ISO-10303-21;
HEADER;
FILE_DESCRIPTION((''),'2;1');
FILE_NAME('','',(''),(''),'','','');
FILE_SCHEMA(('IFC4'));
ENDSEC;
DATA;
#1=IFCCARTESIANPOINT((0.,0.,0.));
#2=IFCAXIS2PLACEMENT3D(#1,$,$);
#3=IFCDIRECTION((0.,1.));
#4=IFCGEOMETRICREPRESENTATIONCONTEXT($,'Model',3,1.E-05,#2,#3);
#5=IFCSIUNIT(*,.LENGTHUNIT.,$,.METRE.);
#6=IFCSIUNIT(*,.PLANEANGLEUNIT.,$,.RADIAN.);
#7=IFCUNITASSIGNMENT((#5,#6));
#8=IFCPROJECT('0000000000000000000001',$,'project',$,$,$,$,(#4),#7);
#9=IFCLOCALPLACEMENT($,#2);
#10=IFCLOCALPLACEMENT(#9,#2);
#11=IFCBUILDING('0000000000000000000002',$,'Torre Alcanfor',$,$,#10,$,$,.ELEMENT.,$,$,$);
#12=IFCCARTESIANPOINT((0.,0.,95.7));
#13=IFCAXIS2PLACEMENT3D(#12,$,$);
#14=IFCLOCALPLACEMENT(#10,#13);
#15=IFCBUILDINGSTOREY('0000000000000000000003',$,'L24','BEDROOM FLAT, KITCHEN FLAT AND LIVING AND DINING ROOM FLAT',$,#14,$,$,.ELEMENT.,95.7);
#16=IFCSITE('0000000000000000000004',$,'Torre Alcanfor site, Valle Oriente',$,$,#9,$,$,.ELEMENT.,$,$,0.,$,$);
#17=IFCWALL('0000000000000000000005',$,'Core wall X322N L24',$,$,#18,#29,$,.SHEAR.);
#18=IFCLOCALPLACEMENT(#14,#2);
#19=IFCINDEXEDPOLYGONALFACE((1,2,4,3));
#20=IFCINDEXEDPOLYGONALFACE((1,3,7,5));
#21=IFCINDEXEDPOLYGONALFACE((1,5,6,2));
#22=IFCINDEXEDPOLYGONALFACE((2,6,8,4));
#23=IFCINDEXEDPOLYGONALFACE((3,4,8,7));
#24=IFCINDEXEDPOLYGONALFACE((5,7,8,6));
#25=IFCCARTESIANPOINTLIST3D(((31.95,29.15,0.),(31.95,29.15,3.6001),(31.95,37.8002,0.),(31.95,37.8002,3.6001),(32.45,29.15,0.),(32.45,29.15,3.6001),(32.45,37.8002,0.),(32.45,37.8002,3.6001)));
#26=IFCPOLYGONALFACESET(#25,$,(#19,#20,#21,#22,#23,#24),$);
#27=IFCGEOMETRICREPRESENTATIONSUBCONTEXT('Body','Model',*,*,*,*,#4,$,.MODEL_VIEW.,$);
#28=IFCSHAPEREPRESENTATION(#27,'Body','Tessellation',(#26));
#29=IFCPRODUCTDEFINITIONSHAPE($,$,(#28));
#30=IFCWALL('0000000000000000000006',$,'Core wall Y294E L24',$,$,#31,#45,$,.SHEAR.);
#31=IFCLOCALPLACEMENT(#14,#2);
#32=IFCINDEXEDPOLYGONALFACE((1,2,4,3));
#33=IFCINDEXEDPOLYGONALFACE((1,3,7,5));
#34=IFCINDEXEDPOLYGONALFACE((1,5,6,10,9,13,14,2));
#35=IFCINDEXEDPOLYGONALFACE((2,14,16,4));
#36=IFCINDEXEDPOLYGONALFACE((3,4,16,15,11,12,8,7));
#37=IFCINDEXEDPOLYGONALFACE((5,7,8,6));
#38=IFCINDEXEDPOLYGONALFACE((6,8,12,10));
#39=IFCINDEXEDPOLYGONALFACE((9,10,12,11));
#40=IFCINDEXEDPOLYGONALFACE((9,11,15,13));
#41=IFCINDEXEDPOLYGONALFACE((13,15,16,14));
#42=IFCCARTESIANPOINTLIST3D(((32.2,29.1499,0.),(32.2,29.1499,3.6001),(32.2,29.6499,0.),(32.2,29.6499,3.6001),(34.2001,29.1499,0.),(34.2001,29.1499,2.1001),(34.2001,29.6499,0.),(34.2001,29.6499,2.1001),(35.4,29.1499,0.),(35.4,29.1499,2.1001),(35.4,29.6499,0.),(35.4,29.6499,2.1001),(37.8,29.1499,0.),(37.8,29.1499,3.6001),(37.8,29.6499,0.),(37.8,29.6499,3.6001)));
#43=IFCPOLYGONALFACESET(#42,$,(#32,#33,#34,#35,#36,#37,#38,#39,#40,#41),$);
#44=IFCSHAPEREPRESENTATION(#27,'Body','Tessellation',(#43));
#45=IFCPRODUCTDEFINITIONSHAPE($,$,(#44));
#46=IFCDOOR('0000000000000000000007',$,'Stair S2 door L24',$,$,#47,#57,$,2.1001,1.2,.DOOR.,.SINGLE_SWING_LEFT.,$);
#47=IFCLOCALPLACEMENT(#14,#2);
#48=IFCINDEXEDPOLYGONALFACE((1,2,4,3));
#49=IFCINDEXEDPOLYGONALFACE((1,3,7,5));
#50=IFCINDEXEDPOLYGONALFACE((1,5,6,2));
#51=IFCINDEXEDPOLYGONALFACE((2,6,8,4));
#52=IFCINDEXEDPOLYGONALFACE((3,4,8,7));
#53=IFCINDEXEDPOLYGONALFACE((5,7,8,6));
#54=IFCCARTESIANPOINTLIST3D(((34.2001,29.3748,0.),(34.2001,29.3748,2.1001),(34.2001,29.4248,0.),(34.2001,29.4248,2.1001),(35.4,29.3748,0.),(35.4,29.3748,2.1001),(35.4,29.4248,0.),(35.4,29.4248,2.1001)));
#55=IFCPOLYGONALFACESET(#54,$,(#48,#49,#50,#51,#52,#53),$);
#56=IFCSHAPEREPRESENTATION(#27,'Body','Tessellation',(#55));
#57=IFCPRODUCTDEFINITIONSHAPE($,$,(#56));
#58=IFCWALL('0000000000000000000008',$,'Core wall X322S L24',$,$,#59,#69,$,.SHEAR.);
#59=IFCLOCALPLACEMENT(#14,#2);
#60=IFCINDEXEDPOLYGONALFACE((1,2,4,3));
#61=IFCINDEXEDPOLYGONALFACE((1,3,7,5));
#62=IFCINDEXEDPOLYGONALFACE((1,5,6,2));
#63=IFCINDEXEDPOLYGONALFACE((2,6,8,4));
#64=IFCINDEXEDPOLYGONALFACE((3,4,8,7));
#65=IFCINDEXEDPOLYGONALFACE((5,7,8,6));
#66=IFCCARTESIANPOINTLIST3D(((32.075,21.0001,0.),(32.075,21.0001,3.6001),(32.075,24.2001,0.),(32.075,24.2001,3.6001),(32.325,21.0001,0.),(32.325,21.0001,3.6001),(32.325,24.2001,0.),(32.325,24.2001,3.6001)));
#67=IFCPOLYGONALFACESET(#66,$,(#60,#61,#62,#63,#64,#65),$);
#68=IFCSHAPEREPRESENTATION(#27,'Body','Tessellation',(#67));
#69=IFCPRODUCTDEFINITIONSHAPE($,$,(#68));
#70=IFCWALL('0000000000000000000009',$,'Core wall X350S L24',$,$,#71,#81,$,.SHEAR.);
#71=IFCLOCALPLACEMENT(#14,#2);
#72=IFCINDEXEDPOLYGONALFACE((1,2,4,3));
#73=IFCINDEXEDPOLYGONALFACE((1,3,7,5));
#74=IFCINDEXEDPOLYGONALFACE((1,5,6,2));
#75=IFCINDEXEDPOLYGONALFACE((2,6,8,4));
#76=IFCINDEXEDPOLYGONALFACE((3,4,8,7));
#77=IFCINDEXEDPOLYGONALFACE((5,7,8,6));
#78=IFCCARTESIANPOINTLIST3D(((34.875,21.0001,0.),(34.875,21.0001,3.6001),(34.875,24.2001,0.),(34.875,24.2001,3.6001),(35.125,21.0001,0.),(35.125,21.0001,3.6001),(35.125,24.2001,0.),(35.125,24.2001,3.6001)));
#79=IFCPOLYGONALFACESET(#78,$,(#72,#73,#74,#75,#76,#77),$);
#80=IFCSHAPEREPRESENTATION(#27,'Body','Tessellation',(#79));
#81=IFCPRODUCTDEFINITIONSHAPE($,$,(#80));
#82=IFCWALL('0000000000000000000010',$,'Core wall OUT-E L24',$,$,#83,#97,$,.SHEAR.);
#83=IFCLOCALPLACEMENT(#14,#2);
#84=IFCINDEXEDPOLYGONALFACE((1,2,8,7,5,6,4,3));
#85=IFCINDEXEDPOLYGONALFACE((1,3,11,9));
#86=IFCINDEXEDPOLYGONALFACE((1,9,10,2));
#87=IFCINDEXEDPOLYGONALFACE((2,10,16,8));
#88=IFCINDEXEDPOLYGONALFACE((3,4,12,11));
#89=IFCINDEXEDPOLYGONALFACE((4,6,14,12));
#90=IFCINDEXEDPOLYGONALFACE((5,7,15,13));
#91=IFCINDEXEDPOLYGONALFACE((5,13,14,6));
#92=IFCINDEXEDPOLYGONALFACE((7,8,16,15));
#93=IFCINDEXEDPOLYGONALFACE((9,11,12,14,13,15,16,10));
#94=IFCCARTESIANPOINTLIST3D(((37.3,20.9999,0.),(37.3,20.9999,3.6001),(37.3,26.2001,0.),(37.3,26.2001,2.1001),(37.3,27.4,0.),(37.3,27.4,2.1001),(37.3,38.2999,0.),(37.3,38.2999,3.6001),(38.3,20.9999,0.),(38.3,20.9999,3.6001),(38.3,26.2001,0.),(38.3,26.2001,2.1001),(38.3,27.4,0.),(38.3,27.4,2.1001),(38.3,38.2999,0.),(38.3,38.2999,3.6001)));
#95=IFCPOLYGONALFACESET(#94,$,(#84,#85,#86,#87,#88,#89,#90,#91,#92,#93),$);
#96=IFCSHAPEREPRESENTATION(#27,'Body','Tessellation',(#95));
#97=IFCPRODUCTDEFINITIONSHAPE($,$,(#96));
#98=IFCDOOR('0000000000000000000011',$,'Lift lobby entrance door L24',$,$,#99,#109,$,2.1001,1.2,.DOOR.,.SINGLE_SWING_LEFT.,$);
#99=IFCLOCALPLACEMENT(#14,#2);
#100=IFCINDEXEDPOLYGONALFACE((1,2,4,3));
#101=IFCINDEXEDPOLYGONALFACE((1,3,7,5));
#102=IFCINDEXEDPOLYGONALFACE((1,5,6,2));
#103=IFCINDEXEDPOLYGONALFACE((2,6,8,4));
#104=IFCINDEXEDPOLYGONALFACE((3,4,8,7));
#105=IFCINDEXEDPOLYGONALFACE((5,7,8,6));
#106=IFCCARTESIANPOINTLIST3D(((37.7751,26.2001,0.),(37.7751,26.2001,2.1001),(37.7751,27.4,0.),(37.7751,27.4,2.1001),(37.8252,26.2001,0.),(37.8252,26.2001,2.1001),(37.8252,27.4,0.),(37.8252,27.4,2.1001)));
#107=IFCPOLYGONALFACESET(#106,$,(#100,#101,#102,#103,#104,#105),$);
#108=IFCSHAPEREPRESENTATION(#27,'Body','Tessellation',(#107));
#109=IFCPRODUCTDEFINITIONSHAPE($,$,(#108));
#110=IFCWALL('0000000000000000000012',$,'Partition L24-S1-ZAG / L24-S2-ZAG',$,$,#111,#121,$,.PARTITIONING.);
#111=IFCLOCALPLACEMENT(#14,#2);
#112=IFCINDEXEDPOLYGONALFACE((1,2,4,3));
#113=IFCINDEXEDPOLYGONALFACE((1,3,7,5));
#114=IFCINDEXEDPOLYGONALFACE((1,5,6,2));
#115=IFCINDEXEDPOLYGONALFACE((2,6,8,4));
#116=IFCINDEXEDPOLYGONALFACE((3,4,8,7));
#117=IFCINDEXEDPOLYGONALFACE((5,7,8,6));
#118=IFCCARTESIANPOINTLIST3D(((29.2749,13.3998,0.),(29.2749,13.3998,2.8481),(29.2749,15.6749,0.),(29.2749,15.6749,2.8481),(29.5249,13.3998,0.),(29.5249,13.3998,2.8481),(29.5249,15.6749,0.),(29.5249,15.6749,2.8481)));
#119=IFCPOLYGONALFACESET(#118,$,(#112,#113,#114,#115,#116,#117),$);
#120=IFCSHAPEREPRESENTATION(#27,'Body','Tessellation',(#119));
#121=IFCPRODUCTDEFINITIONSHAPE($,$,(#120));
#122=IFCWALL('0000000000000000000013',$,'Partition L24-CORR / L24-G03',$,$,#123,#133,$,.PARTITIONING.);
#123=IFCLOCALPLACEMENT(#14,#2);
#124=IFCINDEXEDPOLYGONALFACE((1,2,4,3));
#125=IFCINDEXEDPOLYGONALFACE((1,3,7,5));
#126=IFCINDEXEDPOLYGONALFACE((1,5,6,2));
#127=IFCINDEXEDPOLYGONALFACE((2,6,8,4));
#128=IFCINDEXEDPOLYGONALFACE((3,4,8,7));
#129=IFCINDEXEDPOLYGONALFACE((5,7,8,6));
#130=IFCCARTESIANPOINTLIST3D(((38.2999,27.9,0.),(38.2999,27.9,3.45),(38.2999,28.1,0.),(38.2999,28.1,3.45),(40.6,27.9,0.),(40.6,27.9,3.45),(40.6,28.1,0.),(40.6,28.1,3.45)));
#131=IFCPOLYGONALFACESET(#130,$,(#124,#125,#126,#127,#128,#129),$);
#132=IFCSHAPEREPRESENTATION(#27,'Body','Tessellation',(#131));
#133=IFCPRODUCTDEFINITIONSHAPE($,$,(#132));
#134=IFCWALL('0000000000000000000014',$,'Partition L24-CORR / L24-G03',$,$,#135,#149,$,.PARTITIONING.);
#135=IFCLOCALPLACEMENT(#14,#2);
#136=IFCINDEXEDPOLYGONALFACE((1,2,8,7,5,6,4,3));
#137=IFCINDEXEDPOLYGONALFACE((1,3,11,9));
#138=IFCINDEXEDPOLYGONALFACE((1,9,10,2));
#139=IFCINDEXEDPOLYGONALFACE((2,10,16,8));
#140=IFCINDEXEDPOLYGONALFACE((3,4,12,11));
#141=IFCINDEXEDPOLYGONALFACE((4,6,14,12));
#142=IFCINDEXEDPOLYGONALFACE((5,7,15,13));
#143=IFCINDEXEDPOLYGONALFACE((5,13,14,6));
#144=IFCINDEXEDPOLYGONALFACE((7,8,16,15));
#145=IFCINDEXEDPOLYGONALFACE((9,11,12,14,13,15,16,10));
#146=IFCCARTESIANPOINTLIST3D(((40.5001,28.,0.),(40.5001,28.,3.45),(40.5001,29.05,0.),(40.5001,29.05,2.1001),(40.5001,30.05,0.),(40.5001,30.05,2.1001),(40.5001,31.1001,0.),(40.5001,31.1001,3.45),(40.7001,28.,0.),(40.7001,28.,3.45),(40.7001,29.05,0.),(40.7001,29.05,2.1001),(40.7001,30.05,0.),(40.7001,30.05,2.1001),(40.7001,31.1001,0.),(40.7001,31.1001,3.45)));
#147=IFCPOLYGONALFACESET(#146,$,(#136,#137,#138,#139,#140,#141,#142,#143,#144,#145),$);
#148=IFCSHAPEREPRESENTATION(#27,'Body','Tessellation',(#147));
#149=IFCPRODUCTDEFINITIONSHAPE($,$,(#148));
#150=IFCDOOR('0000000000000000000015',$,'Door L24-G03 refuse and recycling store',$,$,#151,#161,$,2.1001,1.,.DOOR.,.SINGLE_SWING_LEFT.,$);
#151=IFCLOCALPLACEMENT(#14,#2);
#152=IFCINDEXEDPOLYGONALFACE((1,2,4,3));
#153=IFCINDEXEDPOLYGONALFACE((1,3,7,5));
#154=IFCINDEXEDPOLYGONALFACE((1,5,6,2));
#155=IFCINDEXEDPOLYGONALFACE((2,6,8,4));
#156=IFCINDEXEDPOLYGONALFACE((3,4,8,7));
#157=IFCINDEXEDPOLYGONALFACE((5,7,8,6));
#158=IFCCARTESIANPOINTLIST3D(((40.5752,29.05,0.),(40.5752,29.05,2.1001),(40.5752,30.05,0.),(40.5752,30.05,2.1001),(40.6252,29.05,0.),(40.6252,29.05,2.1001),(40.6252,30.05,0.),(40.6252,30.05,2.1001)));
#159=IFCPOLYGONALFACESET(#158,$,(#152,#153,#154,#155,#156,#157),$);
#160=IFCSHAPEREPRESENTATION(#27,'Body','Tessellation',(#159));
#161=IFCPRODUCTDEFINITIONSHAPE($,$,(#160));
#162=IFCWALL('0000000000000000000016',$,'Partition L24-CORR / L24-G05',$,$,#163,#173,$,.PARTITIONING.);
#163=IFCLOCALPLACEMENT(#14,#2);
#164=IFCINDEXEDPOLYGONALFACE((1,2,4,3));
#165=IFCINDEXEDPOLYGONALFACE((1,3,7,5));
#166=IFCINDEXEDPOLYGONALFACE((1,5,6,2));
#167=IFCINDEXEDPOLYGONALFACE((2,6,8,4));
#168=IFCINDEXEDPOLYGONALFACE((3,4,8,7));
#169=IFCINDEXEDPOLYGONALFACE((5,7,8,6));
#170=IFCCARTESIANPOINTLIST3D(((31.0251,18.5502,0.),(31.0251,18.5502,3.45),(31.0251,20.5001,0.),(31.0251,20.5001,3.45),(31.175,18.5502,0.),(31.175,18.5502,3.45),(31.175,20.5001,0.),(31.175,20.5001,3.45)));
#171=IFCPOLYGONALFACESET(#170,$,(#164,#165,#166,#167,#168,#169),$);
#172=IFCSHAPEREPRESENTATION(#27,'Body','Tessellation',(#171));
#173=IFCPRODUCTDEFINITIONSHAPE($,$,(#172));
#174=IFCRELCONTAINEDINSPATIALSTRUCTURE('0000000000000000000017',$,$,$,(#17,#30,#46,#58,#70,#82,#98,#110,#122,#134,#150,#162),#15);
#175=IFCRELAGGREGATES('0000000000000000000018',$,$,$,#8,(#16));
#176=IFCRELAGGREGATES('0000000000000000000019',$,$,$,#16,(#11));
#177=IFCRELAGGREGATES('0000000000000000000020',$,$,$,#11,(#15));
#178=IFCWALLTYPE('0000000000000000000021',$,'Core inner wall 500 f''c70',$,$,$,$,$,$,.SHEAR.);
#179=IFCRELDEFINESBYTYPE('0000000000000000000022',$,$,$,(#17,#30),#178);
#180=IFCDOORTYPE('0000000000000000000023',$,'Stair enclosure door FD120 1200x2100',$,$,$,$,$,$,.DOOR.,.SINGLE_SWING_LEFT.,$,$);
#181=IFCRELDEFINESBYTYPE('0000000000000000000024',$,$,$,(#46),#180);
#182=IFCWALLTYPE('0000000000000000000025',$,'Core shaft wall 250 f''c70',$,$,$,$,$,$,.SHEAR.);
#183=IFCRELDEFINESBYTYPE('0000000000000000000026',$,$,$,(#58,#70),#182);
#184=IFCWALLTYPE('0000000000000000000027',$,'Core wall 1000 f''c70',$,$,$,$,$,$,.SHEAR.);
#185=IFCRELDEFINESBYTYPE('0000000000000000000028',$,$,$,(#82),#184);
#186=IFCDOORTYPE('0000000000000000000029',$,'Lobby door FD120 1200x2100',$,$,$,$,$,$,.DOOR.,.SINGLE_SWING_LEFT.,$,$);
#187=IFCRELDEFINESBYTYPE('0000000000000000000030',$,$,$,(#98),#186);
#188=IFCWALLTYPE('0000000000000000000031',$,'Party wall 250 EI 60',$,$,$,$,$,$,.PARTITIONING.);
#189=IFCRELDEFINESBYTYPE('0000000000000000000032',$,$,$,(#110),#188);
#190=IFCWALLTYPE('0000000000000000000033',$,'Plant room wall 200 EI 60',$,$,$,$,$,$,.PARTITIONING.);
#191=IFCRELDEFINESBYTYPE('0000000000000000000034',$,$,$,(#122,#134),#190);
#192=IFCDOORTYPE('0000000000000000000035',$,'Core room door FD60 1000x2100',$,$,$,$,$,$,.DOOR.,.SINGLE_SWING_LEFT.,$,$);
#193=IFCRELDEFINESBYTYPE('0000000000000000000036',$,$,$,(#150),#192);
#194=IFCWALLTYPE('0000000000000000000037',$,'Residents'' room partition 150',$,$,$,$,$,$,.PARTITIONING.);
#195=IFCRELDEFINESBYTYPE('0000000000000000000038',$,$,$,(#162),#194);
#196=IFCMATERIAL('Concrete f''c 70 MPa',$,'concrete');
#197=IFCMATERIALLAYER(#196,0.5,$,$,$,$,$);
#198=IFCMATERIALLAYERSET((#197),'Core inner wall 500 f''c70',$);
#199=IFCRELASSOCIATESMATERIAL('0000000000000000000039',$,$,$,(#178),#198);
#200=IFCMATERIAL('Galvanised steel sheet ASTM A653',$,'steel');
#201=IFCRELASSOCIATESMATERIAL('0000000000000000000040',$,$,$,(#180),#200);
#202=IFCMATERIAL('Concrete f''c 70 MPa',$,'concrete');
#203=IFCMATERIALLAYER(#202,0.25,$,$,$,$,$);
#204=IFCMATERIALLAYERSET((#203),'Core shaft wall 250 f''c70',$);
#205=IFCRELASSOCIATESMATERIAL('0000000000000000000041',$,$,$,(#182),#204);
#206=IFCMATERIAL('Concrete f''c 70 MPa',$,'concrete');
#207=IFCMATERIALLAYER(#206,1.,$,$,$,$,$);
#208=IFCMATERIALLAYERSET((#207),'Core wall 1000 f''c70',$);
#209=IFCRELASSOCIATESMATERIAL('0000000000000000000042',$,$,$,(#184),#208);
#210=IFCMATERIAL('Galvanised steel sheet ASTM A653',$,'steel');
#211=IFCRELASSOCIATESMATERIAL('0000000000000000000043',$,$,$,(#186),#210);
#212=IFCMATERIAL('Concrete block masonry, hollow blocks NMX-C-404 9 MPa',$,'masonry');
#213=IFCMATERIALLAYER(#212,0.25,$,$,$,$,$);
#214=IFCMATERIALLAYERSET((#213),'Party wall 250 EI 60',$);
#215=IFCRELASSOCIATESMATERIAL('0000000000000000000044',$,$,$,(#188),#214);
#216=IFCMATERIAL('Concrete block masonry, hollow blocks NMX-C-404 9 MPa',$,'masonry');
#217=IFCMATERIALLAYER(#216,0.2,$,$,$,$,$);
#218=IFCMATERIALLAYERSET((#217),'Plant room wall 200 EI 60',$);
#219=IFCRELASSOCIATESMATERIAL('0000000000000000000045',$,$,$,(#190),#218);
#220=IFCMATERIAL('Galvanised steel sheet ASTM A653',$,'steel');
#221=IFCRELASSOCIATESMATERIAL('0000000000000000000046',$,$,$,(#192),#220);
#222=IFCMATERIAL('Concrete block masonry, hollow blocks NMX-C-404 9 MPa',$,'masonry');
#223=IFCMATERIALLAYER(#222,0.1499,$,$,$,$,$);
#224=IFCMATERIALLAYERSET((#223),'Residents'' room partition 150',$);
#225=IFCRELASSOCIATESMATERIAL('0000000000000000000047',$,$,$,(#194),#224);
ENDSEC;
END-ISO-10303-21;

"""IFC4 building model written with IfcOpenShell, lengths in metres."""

from ifc_helpers import new_model, si_unit, direction, frame, frame_2d, origin, place, context, subcontext, project, spatial, rectangle, extrude, material, layer, layer_set, type_object, element, fill, save


model = new_model("IFC4")

# Units and contexts
model_context = context("Model", 3, precision=1e-05, world=origin(), true_north=direction((0.0, 1.0)))
body_context = subcontext(model_context, "Body", "Model", "MODEL_VIEW")
ifc_project = project(units=[si_unit("LENGTHUNIT", "METRE"), si_unit("PLANEANGLEUNIT", "RADIAN")], contexts=[model_context])

# Site, building, storey
site_placement = place(None, origin())
site = spatial("IfcSite", under=ifc_project, at=site_placement, Name="Torre Alcanfor site, Valle Oriente", CompositionType="ELEMENT", RefElevation=0.0)
building_placement = place(site_placement, origin())
building = spatial("IfcBuilding", under=site, at=building_placement, Name="Torre Alcanfor", CompositionType="ELEMENT")
storey_placement = place(building_placement, frame((0.0, 0.0, 95.7)))
storey = spatial("IfcBuildingStorey", under=building, at=storey_placement, Name="L24", Description="BEDROOM FLAT, KITCHEN FLAT AND LIVING AND DINING ROOM FLAT", CompositionType="ELEMENT", Elevation=95.7)

# Wall
ifc_material_1 = material(Name="Concrete f'c 70 MPa", Category="concrete")
ifc_layer_1 = layer(ifc_material_1, 0.5)
ifc_layer_set_1 = layer_set([ifc_layer_1], Name="Core inner wall 500 f'c70")
wall_type_1 = type_object("IfcWallType", Name="Core inner wall 500 f'c70", PredefinedType="SHEAR", material=ifc_layer_set_1)
wall_1_placement = place(storey_placement, frame((32.2, 29.1499, 0.0), z_axis=(0.0, 0.0, 1.0), x_axis=(0.0, 1.0, 0.0)))
element("IfcWall", 1, at=wall_1_placement, inside=storey, type_object=wall_type_1, Name="Core wall X322N L24", PredefinedType="SHEAR", context=body_context, shape_type="SweptSolid", body=[
    extrude(rectangle(XDim=8.6501, YDim=0.5, at=frame_2d((4.3252, 0.0))), origin(), (0.0, 0.0, 1.0), 3.6001),
])

# Wall, opening, door
wall_2_placement = place(storey_placement, frame((32.2, 29.3999, 0.0), z_axis=(0.0, 0.0, 1.0), x_axis=(1.0, 0.0, 0.0)))
wall_2 = element("IfcWall", 2, at=wall_2_placement, inside=storey, type_object=wall_type_1, Name="Core wall Y294E L24", PredefinedType="SHEAR", context=body_context, shape_type="SweptSolid", body=[
    extrude(rectangle(XDim=5.6001, YDim=0.5, at=frame_2d((2.8, 0.0))), origin(), (0.0, 0.0, 1.0), 3.6001),
])
opening_1_placement = place(wall_2_placement, frame((2.0, 0.0, 0.0)))
opening_1 = element("IfcOpeningElement", 3, at=opening_1_placement, cuts=wall_2, PredefinedType="OPENING", context=body_context, shape_type="SweptSolid", body=[
    extrude(rectangle(XDim=1.2, YDim=2.1001, at=frame_2d((0.6001, 1.05))), frame((0.0, 0.26, 0.0), z_axis=(0.0, -1.0, 0.0), x_axis=(1.0, 0.0, 0.0)), (0.0, 0.0, 1.0), 0.52),
])
ifc_material_2 = material(Name="Galvanised steel sheet ASTM A653", Category="steel")
door_type_1 = type_object("IfcDoorType", Name="Stair enclosure door FD120 1200x2100", OperationType="SINGLE_SWING_LEFT", PredefinedType="DOOR", material=ifc_material_2)
door_1_placement = place(opening_1_placement, origin())
door_1 = element("IfcDoor", 4, at=door_1_placement, inside=storey, type_object=door_type_1, Name="Stair S2 door L24", OperationType="SINGLE_SWING_LEFT", OverallHeight=2.1001, OverallWidth=1.2, PredefinedType="DOOR", context=body_context, shape_type="SweptSolid", body=[
    extrude(rectangle(XDim=1.2, YDim=2.1001, at=frame_2d((0.6001, 1.05))), frame((0.0, 0.0249, 0.0), z_axis=(0.0, -1.0, 0.0), x_axis=(1.0, 0.0, 0.0)), (0.0, 0.0, 1.0), 0.05),
])
fill(opening_1, door_1)

# Walls
ifc_material_3 = material(Name="Concrete f'c 70 MPa", Category="concrete")
ifc_layer_2 = layer(ifc_material_3, 0.25)
ifc_layer_set_2 = layer_set([ifc_layer_2], Name="Core shaft wall 250 f'c70")
wall_type_2 = type_object("IfcWallType", Name="Core shaft wall 250 f'c70", PredefinedType="SHEAR", material=ifc_layer_set_2)
for number, where, z_axis, x_axis, name in (
    (5, (32.2, 21.0, 0.0), (0.0, 0.0, 1.0), (0.0, 1.0, 0.0), "Core wall X322S L24"),
    (6, (35.0, 21.0, 0.0), (0.0, 0.0, 1.0), (0.0, 1.0, 0.0), "Core wall X350S L24"),
):
    element("IfcWall", number, at=place(storey_placement, frame(where, z_axis=z_axis, x_axis=x_axis)), inside=storey, type_object=wall_type_2, Name=name, PredefinedType="SHEAR", context=body_context, shape_type="SweptSolid", body=[
        extrude(rectangle(XDim=3.2, YDim=0.25, at=frame_2d((1.6001, 0.0))), origin(), (0.0, 0.0, 1.0), 3.6001),
    ])

# Wall, opening, door
ifc_material_4 = material(Name="Concrete f'c 70 MPa", Category="concrete")
ifc_layer_3 = layer(ifc_material_4, 1.0)
ifc_layer_set_3 = layer_set([ifc_layer_3], Name="Core wall 1000 f'c70")
wall_type_3 = type_object("IfcWallType", Name="Core wall 1000 f'c70", PredefinedType="SHEAR", material=ifc_layer_set_3)
wall_3_placement = place(storey_placement, frame((37.8, 21.0, 0.0), z_axis=(0.0, 0.0, 1.0), x_axis=(0.0, 1.0, 0.0)))
wall_3 = element("IfcWall", 7, at=wall_3_placement, inside=storey, type_object=wall_type_3, Name="Core wall OUT-E L24", PredefinedType="SHEAR", context=body_context, shape_type="SweptSolid", body=[
    extrude(rectangle(XDim=17.3, YDim=1.0, at=frame_2d((8.6499, 0.0))), origin(), (0.0, 0.0, 1.0), 3.6001),
])
opening_2_placement = place(wall_3_placement, frame((5.2, 0.0, 0.0)))
opening_2 = element("IfcOpeningElement", 8, at=opening_2_placement, cuts=wall_3, PredefinedType="OPENING", context=body_context, shape_type="SweptSolid", body=[
    extrude(rectangle(XDim=1.2, YDim=2.1001, at=frame_2d((0.6001, 1.05))), frame((0.0, 0.51, 0.0), z_axis=(0.0, -1.0, 0.0), x_axis=(1.0, 0.0, 0.0)), (0.0, 0.0, 1.0), 1.02),
])
ifc_material_5 = material(Name="Galvanised steel sheet ASTM A653", Category="steel")
door_type_2 = type_object("IfcDoorType", Name="Lobby door FD120 1200x2100", OperationType="SINGLE_SWING_LEFT", PredefinedType="DOOR", material=ifc_material_5)
door_2_placement = place(opening_2_placement, origin())
door_2 = element("IfcDoor", 9, at=door_2_placement, inside=storey, type_object=door_type_2, Name="Lift lobby entrance door L24", OperationType="SINGLE_SWING_LEFT", OverallHeight=2.1001, OverallWidth=1.2, PredefinedType="DOOR", context=body_context, shape_type="SweptSolid", body=[
    extrude(rectangle(XDim=1.2, YDim=2.1001, at=frame_2d((0.6001, 1.05))), frame((0.0, 0.0249, 0.0), z_axis=(0.0, -1.0, 0.0), x_axis=(1.0, 0.0, 0.0)), (0.0, 0.0, 1.0), 0.05),
])
fill(opening_2, door_2)

# Walls
ifc_material_6 = material(Name="Concrete block masonry, hollow blocks NMX-C-404 9 MPa", Category="masonry")
ifc_layer_4 = layer(ifc_material_6, 0.25)
ifc_layer_set_4 = layer_set([ifc_layer_4], Name="Party wall 250 EI 60")
wall_type_4 = type_object("IfcWallType", Name="Party wall 250 EI 60", PredefinedType="PARTITIONING", material=ifc_layer_set_4)
wall_4_placement = place(storey_placement, frame((29.3999, 15.675, 0.0), z_axis=(0.0, 0.0, 1.0), x_axis=(0.0, -1.0, 0.0)))
element("IfcWall", 10, at=wall_4_placement, inside=storey, type_object=wall_type_4, Name="Partition L24-S1-ZAG / L24-S2-ZAG", PredefinedType="PARTITIONING", context=body_context, shape_type="SweptSolid", body=[
    extrude(rectangle(XDim=2.2751, YDim=0.25, at=frame_2d((1.1377, 0.0))), origin(), (0.0, 0.0, 1.0), 2.8481),
])
ifc_material_7 = material(Name="Concrete block masonry, hollow blocks NMX-C-404 9 MPa", Category="masonry")
ifc_layer_5 = layer(ifc_material_7, 0.2)
ifc_layer_set_5 = layer_set([ifc_layer_5], Name="Plant room wall 200 EI 60")
wall_type_5 = type_object("IfcWallType", Name="Plant room wall 200 EI 60", PredefinedType="PARTITIONING", material=ifc_layer_set_5)
wall_5_placement = place(storey_placement, frame((38.3, 28.0, 0.0), z_axis=(0.0, 0.0, 1.0), x_axis=(1.0, 0.0, 0.0)))
element("IfcWall", 11, at=wall_5_placement, inside=storey, type_object=wall_type_5, Name="Partition L24-CORR / L24-G03", PredefinedType="PARTITIONING", context=body_context, shape_type="SweptSolid", body=[
    extrude(rectangle(XDim=2.3, YDim=0.2, at=frame_2d((1.1499, 0.0))), origin(), (0.0, 0.0, 1.0), 3.45),
])

# Wall, opening, door
wall_6_placement = place(storey_placement, frame((40.6001, 28.0, 0.0), z_axis=(0.0, 0.0, 1.0), x_axis=(0.0, 1.0, 0.0)))
wall_6 = element("IfcWall", 12, at=wall_6_placement, inside=storey, type_object=wall_type_5, Name="Partition L24-CORR / L24-G03", PredefinedType="PARTITIONING", context=body_context, shape_type="SweptSolid", body=[
    extrude(rectangle(XDim=3.1001, YDim=0.2, at=frame_2d((1.55, 0.0))), origin(), (0.0, 0.0, 1.0), 3.45),
])
opening_3_placement = place(wall_6_placement, frame((1.05, 0.0, 0.0)))
opening_3 = element("IfcOpeningElement", 13, at=opening_3_placement, cuts=wall_6, PredefinedType="OPENING", context=body_context, shape_type="SweptSolid", body=[
    extrude(rectangle(XDim=1.0, YDim=2.1001, at=frame_2d((0.5, 1.05))), frame((0.0, 0.1099, 0.0), z_axis=(0.0, -1.0, 0.0), x_axis=(1.0, 0.0, 0.0)), (0.0, 0.0, 1.0), 0.22),
])
ifc_material_8 = material(Name="Galvanised steel sheet ASTM A653", Category="steel")
door_type_3 = type_object("IfcDoorType", Name="Core room door FD60 1000x2100", OperationType="SINGLE_SWING_LEFT", PredefinedType="DOOR", material=ifc_material_8)
door_3_placement = place(opening_3_placement, origin())
door_3 = element("IfcDoor", 14, at=door_3_placement, inside=storey, type_object=door_type_3, Name="Door L24-G03 refuse and recycling store", OperationType="SINGLE_SWING_LEFT", OverallHeight=2.1001, OverallWidth=1.0, PredefinedType="DOOR", context=body_context, shape_type="SweptSolid", body=[
    extrude(rectangle(XDim=1.0, YDim=2.1001, at=frame_2d((0.5, 1.05))), frame((0.0, 0.0249, 0.0), z_axis=(0.0, -1.0, 0.0), x_axis=(1.0, 0.0, 0.0)), (0.0, 0.0, 1.0), 0.05),
])
fill(opening_3, door_3)

# Wall
ifc_material_9 = material(Name="Concrete block masonry, hollow blocks NMX-C-404 9 MPa", Category="masonry")
ifc_layer_6 = layer(ifc_material_9, 0.1499)
ifc_layer_set_6 = layer_set([ifc_layer_6], Name="Residents' room partition 150")
wall_type_6 = type_object("IfcWallType", Name="Residents' room partition 150", PredefinedType="PARTITIONING", material=ifc_layer_set_6)
wall_7_placement = place(storey_placement, frame((31.1001, 18.55, 0.0), z_axis=(0.0, 0.0, 1.0), x_axis=(0.0, 1.0, 0.0)))
element("IfcWall", 15, at=wall_7_placement, inside=storey, type_object=wall_type_6, Name="Partition L24-CORR / L24-G05", PredefinedType="PARTITIONING", context=body_context, shape_type="SweptSolid", body=[
    extrude(rectangle(XDim=1.95, YDim=0.1499, at=frame_2d((0.9751, 0.0))), origin(), (0.0, 0.0, 1.0), 3.45),
])

save(model, "model.ifc")
